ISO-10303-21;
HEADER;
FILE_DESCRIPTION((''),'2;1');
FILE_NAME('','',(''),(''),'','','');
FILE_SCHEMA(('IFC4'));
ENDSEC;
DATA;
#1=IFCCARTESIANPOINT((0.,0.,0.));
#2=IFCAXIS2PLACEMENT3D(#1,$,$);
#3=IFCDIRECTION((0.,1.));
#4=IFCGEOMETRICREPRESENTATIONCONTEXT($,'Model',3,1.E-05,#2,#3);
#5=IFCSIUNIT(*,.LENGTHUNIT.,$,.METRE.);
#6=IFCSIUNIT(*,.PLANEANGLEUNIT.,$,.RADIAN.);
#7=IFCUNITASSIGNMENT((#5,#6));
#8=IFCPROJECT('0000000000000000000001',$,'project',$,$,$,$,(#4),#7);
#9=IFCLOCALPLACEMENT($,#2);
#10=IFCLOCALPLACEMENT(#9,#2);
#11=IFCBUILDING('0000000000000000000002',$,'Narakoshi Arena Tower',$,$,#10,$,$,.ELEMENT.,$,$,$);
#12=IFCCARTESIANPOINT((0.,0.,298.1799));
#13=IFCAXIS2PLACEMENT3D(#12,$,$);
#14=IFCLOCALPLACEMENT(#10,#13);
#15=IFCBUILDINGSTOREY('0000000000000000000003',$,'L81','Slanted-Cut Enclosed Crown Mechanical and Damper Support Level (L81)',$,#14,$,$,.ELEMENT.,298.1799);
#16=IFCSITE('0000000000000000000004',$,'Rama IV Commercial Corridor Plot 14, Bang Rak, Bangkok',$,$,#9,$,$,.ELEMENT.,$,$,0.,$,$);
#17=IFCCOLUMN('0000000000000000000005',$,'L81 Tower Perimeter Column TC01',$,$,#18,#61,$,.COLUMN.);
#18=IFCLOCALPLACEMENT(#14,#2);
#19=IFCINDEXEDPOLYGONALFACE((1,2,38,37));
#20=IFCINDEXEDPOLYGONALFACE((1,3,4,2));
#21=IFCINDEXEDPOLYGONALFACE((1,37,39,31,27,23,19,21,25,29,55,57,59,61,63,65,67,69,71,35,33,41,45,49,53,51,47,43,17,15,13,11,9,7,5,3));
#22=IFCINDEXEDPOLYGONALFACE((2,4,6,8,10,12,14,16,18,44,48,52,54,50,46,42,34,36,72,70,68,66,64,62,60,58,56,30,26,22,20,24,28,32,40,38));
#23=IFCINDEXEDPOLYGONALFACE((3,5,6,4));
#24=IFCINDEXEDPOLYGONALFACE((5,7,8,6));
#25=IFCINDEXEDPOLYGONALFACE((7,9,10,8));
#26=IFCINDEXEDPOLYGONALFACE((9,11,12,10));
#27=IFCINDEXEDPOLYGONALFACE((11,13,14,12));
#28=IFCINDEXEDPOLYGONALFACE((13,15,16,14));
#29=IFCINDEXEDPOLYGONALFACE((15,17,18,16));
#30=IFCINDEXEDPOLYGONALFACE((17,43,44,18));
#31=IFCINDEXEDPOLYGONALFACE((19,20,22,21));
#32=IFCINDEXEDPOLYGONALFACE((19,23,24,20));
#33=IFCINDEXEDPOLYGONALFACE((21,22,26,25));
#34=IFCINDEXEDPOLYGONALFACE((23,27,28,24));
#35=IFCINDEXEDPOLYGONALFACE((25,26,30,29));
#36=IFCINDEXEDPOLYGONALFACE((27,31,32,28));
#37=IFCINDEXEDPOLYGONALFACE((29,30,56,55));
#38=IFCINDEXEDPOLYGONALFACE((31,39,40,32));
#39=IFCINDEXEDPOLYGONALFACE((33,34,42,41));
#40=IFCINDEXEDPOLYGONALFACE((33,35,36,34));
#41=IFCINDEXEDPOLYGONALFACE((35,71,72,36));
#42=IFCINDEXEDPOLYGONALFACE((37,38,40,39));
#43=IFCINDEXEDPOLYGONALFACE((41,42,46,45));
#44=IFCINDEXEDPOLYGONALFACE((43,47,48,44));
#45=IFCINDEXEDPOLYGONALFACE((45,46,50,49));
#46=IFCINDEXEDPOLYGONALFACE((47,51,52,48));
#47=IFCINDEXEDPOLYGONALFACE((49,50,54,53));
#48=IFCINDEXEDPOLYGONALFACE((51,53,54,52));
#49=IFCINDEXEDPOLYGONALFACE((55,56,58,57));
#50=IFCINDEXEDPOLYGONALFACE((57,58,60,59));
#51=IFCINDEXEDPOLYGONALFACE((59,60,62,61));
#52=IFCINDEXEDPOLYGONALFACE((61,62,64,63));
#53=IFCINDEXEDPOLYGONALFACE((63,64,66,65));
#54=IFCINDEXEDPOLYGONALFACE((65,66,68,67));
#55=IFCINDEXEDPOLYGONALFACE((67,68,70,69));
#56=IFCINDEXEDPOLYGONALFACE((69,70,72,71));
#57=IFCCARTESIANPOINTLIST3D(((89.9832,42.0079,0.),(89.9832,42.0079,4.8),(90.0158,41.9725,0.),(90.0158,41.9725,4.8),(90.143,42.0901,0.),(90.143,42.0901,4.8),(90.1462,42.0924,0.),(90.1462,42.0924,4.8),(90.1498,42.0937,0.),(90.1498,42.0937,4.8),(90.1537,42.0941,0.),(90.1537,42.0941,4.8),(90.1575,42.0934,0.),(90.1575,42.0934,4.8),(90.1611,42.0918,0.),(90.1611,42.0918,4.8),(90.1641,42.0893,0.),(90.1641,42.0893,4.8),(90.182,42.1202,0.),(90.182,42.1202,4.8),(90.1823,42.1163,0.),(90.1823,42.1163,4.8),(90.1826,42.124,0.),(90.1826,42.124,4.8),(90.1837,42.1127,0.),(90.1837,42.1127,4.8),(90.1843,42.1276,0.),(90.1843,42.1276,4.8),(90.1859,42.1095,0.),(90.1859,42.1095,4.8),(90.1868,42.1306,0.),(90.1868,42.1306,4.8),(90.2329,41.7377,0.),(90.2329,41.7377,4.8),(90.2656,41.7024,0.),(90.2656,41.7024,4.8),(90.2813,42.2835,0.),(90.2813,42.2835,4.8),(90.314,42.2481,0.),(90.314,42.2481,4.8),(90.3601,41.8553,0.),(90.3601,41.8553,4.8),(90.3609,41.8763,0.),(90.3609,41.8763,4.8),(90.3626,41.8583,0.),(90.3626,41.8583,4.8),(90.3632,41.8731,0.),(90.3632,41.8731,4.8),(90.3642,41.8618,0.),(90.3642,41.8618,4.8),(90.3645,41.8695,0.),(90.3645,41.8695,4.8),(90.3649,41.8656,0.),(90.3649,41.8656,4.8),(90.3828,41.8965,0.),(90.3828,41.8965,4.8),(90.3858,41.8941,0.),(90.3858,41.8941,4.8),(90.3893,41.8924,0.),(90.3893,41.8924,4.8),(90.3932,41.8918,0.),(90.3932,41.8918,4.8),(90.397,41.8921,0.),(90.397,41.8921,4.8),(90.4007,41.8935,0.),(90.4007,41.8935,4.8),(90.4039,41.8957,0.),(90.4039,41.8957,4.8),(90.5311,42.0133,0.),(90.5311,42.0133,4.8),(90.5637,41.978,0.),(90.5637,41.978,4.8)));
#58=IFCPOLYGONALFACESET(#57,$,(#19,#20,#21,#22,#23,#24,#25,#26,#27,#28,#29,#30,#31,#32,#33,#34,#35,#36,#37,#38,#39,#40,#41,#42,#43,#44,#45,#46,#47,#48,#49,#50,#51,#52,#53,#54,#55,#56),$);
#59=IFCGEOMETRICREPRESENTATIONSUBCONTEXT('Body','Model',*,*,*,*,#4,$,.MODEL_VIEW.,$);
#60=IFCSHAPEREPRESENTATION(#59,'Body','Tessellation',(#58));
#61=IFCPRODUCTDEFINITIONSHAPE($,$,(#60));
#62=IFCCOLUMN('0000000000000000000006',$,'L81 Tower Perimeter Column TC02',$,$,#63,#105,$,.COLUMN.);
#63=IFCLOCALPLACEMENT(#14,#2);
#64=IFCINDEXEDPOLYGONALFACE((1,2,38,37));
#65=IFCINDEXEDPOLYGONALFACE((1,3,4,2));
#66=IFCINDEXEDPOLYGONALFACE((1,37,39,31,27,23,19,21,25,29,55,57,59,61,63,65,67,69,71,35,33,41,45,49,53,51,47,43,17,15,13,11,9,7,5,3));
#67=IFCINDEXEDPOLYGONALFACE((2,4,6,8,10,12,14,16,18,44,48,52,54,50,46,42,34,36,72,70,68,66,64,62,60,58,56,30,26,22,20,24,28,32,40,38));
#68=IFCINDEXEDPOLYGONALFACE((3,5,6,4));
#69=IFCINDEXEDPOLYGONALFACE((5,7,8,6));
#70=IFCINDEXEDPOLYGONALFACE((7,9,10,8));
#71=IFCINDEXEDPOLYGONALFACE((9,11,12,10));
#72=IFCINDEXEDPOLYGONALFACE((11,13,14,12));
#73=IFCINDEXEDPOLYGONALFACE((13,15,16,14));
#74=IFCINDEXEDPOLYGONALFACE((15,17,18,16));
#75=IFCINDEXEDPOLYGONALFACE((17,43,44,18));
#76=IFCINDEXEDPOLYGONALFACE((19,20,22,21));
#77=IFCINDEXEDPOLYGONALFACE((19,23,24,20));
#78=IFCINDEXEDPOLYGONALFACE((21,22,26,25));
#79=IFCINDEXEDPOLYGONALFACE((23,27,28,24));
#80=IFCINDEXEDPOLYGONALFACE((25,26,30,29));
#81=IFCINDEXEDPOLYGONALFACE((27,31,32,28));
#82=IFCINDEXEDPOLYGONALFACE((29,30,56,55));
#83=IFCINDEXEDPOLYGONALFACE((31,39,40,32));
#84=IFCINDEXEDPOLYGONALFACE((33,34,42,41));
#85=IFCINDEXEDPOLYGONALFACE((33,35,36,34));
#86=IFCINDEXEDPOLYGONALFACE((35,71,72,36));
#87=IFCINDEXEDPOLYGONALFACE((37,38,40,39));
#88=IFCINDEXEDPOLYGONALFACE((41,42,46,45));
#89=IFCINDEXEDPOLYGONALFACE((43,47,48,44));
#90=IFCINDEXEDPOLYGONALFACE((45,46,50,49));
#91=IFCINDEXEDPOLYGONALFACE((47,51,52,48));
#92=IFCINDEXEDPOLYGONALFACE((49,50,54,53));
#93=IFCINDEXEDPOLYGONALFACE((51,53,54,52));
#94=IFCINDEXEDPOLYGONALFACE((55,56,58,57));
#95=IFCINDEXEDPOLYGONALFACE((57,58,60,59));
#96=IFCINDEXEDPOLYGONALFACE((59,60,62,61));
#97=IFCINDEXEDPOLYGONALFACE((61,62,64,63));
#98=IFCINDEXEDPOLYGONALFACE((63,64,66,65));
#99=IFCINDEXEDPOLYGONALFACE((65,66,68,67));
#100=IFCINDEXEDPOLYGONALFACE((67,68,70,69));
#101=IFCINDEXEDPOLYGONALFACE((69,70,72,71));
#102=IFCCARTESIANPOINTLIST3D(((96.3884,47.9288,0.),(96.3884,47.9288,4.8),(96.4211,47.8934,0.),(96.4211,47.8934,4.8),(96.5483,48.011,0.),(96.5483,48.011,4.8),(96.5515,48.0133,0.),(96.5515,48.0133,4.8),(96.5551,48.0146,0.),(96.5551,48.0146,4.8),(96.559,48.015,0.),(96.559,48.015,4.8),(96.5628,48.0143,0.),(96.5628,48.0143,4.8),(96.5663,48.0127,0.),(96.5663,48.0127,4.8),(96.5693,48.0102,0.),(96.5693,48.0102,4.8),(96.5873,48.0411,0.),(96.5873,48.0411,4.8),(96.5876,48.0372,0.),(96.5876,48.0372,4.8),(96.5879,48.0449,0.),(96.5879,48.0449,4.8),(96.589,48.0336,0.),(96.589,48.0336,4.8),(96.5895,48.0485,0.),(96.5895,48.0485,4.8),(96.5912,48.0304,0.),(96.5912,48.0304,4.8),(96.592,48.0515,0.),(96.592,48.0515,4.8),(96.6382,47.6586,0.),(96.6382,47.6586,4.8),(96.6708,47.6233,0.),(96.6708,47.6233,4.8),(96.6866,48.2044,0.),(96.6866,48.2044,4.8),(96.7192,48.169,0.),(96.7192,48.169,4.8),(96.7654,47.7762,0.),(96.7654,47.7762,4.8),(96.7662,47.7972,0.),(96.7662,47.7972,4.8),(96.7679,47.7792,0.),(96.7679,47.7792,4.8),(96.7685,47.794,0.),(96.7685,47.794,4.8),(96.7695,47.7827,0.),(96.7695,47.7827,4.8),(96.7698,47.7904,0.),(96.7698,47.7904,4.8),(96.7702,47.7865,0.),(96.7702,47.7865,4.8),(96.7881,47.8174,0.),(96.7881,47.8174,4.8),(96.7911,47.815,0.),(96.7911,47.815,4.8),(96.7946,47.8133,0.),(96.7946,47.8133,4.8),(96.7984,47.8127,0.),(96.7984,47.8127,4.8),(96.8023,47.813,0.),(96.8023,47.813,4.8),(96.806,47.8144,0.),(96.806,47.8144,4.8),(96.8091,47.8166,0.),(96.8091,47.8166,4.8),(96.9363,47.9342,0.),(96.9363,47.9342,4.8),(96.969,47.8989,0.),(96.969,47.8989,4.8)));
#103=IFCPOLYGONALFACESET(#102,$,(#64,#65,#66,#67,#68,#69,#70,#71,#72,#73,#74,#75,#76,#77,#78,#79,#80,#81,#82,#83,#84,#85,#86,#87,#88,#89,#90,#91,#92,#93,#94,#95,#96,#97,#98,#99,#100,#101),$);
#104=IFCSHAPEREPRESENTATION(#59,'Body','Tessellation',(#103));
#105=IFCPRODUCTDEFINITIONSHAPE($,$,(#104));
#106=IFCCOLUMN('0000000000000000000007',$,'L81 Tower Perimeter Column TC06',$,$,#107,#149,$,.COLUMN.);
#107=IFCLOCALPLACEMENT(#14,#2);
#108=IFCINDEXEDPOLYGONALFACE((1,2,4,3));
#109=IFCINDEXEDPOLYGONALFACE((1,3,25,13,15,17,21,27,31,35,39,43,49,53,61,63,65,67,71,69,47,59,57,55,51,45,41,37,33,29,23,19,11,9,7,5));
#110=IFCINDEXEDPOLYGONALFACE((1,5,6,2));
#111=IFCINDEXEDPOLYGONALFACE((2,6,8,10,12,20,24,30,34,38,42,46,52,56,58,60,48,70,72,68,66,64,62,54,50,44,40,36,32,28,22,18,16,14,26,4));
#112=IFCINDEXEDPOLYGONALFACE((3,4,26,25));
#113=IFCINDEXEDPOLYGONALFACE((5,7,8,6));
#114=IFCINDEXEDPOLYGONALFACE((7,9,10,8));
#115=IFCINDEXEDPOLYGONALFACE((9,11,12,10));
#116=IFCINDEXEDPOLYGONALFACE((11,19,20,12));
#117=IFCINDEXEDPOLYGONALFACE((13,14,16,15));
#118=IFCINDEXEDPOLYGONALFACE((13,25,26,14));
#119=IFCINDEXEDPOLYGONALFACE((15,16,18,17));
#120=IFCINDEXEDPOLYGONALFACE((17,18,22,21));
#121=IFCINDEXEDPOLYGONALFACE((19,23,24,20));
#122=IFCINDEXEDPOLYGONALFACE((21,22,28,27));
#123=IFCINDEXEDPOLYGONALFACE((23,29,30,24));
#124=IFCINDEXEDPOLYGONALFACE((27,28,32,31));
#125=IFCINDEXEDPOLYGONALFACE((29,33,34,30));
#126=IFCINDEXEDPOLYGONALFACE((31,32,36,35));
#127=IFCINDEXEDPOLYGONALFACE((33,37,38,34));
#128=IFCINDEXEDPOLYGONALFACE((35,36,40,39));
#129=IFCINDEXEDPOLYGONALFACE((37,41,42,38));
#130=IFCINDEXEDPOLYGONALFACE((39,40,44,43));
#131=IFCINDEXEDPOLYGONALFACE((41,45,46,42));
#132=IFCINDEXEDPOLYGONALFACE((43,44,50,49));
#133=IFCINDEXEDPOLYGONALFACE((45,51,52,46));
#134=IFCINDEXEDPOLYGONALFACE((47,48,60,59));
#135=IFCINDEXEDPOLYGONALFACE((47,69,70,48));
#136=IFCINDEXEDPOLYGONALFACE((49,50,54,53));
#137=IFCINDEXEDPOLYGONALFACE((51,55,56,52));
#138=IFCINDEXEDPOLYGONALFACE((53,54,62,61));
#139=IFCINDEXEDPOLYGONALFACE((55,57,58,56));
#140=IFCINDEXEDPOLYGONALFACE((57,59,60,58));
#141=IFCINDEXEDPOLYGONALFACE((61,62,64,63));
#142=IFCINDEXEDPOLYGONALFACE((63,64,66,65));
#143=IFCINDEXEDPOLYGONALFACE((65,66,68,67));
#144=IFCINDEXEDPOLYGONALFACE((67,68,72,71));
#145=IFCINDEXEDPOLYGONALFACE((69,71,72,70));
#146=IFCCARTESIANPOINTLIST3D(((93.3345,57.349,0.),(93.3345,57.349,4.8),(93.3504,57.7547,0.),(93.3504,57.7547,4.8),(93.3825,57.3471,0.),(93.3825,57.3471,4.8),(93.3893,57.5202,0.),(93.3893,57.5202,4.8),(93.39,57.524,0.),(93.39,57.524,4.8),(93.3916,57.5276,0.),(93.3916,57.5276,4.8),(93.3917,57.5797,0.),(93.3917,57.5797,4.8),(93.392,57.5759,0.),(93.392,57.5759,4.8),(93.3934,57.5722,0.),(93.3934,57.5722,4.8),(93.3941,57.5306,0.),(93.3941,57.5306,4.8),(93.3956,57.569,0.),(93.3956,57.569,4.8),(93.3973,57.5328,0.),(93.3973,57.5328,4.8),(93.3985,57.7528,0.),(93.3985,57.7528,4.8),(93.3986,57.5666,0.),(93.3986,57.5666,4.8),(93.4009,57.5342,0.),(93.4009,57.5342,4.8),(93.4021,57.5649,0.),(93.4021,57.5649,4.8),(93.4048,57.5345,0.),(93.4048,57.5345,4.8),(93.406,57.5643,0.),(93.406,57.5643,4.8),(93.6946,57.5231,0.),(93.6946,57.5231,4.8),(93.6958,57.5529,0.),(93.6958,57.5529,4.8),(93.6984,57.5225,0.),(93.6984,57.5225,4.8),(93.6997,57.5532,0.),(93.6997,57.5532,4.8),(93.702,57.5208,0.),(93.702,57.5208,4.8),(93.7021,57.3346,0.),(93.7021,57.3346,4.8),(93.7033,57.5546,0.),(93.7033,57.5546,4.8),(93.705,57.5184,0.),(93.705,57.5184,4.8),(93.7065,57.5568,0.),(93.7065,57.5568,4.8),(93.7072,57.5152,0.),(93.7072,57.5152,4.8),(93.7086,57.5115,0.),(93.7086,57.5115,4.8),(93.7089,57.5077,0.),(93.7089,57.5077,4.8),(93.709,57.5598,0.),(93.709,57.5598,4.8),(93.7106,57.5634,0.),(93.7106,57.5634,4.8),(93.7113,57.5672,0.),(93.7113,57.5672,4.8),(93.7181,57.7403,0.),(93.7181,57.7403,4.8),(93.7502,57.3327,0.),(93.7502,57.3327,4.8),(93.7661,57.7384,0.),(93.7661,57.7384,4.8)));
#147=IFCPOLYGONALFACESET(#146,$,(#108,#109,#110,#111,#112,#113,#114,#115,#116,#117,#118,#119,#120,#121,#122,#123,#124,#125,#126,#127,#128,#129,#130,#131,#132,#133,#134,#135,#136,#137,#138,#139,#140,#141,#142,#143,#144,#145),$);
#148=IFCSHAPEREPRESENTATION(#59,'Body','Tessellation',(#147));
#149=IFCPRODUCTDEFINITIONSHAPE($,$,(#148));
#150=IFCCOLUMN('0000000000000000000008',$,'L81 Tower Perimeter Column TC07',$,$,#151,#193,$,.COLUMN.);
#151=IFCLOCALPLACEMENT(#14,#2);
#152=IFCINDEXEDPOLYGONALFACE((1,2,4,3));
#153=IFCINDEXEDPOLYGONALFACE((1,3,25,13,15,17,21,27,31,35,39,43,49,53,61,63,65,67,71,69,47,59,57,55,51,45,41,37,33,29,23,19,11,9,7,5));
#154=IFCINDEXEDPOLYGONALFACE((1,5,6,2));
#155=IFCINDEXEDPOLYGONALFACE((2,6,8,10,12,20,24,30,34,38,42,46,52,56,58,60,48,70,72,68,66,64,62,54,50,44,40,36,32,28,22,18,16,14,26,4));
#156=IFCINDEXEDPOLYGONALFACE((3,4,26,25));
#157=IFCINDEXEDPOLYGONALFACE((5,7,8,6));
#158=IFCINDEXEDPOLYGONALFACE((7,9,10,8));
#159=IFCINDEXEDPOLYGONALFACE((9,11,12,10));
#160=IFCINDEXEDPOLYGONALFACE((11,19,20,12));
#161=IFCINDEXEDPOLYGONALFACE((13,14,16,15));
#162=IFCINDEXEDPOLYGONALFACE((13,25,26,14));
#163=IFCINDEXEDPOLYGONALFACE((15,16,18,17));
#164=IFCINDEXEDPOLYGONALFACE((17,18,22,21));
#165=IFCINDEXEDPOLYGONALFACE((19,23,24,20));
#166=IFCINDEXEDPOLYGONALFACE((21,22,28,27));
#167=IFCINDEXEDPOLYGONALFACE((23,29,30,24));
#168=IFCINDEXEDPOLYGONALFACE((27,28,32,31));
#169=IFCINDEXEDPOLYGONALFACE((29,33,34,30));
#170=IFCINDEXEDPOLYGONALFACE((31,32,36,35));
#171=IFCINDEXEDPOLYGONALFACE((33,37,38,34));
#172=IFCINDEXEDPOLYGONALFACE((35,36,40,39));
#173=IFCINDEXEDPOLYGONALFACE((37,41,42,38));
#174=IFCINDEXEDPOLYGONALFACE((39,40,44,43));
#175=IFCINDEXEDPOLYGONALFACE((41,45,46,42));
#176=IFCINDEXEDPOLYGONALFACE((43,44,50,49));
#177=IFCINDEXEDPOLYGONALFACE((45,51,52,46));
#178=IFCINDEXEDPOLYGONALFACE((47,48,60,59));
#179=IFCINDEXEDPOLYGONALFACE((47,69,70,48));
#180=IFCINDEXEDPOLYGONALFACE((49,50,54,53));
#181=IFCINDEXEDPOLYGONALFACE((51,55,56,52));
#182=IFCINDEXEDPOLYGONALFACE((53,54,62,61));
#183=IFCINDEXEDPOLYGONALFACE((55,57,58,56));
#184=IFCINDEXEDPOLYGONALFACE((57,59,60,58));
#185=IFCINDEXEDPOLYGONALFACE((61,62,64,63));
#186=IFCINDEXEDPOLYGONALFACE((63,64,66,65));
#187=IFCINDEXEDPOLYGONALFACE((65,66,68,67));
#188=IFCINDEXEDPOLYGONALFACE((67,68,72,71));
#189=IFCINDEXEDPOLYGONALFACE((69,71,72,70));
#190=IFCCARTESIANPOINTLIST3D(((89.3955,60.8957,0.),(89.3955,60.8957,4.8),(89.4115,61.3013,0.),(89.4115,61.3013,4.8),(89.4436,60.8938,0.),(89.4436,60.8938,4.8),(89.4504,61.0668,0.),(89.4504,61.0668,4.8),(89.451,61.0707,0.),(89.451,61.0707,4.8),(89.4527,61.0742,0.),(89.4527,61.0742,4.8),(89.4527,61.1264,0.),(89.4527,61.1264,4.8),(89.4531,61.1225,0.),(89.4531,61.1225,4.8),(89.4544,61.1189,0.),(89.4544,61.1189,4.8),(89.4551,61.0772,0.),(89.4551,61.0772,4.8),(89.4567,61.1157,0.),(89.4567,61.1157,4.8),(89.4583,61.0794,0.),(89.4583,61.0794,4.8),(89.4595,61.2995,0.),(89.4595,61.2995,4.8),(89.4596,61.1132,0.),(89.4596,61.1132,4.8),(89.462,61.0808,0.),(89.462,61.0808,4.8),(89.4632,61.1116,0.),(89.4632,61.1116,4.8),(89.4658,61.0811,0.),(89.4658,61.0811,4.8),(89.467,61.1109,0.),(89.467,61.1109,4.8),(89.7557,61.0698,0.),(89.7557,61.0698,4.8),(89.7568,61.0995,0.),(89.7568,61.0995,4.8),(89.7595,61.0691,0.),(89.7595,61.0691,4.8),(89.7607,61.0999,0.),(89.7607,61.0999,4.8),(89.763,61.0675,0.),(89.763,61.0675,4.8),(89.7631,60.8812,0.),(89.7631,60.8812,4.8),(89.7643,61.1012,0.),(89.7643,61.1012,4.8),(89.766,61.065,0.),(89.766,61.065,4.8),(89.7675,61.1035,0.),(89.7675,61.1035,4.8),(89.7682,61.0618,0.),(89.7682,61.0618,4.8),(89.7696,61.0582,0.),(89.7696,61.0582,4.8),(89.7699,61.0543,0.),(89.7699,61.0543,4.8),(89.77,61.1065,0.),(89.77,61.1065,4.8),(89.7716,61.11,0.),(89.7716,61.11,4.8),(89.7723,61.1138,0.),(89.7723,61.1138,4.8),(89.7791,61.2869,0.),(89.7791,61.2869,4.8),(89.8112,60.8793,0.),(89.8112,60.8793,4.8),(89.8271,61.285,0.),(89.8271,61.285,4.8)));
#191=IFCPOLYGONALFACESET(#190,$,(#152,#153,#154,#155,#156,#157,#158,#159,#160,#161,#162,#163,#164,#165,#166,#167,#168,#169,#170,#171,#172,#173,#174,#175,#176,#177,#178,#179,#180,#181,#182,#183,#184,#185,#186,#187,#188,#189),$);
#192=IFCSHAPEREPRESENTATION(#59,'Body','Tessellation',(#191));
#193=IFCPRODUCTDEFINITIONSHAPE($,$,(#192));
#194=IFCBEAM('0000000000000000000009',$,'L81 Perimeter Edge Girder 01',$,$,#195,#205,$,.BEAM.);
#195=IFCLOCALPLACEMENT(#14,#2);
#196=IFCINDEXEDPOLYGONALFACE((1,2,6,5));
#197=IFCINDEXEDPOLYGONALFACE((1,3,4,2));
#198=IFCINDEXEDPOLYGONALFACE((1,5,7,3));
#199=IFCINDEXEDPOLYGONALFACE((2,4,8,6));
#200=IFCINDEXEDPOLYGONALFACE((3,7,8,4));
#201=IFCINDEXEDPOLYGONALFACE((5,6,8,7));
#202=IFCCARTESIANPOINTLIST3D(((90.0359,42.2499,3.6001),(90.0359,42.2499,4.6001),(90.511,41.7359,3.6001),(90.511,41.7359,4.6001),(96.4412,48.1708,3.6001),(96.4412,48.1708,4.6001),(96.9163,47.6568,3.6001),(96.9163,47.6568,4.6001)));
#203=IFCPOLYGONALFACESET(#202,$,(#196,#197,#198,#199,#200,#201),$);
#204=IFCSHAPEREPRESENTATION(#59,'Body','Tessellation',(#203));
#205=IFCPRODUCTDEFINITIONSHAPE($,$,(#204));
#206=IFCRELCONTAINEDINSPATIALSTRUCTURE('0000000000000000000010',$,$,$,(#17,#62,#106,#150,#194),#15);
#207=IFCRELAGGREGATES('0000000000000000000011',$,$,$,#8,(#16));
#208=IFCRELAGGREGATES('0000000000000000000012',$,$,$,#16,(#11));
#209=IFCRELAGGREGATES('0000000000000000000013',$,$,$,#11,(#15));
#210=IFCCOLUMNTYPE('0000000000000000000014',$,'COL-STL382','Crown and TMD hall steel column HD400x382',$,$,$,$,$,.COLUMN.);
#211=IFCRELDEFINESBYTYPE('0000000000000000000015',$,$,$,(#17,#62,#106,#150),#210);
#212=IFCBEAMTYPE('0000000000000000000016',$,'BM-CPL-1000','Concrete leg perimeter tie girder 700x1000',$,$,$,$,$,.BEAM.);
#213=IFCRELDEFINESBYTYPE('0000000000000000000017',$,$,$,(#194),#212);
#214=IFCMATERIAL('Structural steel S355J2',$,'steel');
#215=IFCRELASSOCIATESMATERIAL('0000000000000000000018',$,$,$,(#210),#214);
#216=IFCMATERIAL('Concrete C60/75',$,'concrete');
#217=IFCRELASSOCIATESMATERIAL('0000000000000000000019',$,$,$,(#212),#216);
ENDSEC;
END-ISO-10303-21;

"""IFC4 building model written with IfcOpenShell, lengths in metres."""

from ifc_helpers import new_model, si_unit, direction, frame, origin, origin_2d, place, context, subcontext, project, spatial, rectangle, i_section, extrude, material, material_profile, profile_set, type_object, element, save


model = new_model("IFC4")

# Units and contexts
model_context = context("Model", 3, precision=1e-05, world=origin(), true_north=direction((0.0, 1.0)))
body_context = subcontext(model_context, "Body", "Model", "MODEL_VIEW")
ifc_project = project(units=[si_unit("LENGTHUNIT", "METRE"), si_unit("PLANEANGLEUNIT", "RADIAN")], contexts=[model_context])

# Site, building, storey
site_placement = place(None, origin())
site = spatial("IfcSite", under=ifc_project, at=site_placement, Name="Rama IV Commercial Corridor Plot 14, Bang Rak, Bangkok", CompositionType="ELEMENT", RefElevation=0.0)
building_placement = place(site_placement, origin())
building = spatial("IfcBuilding", under=site, at=building_placement, Name="Narakoshi Arena Tower", CompositionType="ELEMENT")
storey_placement = place(building_placement, frame((0.0, 0.0, 298.1799)))
storey = spatial("IfcBuildingStorey", under=building, at=storey_placement, Name="L81", Description="Slanted-Cut Enclosed Crown Mechanical and Damper Support Level (L81)", CompositionType="ELEMENT", Elevation=298.1799)

# Columns
ifc_material_1 = material(Name="Structural steel S355J2", Category="steel")
ifc_material_profile_1 = material_profile(ifc_material_1, i_section(OverallWidth=0.406, OverallDepth=0.416, WebThickness=0.0298, FlangeThickness=0.0481, FilletRadius=0.0149, at=origin_2d()), Name="HD400x382")
ifc_profile_set_1 = profile_set([ifc_material_profile_1], Name="Structural steel S355J2")
column_type = type_object("IfcColumnType", Name="COL-STL382", Description="Crown and TMD hall steel column HD400x382", PredefinedType="COLUMN", material=ifc_profile_set_1)
for number, where, z_axis, x_axis, name in (
    (1, (90.2734, 41.9929, 0.0), (0.0, 0.0, 1.0), (0.734323, 0.678801, 0.0), "L81 Tower Perimeter Column TC01"),
    (2, (96.6787, 47.9138, 0.0), (0.0, 0.0, 1.0), (0.734323, 0.678801, 0.0), "L81 Tower Perimeter Column TC02"),
    (3, (93.5503, 57.5437, 0.0), (0.0, 0.0, 1.0), (0.03926, 0.999229, 0.0), "L81 Tower Perimeter Column TC06"),
    (4, (89.6113, 61.0903, 0.0), (0.0, 0.0, 1.0), (0.03926, 0.999229, 0.0), "L81 Tower Perimeter Column TC07"),
):
    element("IfcColumn", number, at=place(storey_placement, frame(where, z_axis=z_axis, x_axis=x_axis)), inside=storey, type_object=column_type, Name=name, PredefinedType="COLUMN", context=body_context, shape_type="SweptSolid", body=[
        extrude(i_section(OverallWidth=0.406, OverallDepth=0.416, WebThickness=0.0298, FlangeThickness=0.0481, FilletRadius=0.0149, at=origin_2d()), origin(), (0.0, 0.0, 1.0), 4.8),
    ])

# Beam
ifc_material_2 = material(Name="Concrete C60/75", Category="concrete")
ifc_material_profile_2 = material_profile(ifc_material_2, rectangle(XDim=0.7, YDim=1.0, at=origin_2d()), Name="RCB700x1000")
ifc_profile_set_2 = profile_set([ifc_material_profile_2], Name="Concrete C60/75")
beam_type_1 = type_object("IfcBeamType", Name="BM-CPL-1000", Description="Concrete leg perimeter tie girder 700x1000", PredefinedType="BEAM", material=ifc_profile_set_2)
beam_1_placement = place(storey_placement, frame((90.2734, 41.9929, 4.1001), z_axis=(0.734327, 0.678796, 0.0), x_axis=(-0.678796, 0.734327, 0.0)))
element("IfcBeam", 5, at=beam_1_placement, inside=storey, type_object=beam_type_1, Name="L81 Perimeter Edge Girder 01", PredefinedType="BEAM", context=body_context, shape_type="SweptSolid", body=[
    extrude(rectangle(XDim=0.7, YDim=1.0, at=origin_2d()), origin(), (0.0, 0.0, 1.0), 8.7227),
])

save(model, "model.ifc")
